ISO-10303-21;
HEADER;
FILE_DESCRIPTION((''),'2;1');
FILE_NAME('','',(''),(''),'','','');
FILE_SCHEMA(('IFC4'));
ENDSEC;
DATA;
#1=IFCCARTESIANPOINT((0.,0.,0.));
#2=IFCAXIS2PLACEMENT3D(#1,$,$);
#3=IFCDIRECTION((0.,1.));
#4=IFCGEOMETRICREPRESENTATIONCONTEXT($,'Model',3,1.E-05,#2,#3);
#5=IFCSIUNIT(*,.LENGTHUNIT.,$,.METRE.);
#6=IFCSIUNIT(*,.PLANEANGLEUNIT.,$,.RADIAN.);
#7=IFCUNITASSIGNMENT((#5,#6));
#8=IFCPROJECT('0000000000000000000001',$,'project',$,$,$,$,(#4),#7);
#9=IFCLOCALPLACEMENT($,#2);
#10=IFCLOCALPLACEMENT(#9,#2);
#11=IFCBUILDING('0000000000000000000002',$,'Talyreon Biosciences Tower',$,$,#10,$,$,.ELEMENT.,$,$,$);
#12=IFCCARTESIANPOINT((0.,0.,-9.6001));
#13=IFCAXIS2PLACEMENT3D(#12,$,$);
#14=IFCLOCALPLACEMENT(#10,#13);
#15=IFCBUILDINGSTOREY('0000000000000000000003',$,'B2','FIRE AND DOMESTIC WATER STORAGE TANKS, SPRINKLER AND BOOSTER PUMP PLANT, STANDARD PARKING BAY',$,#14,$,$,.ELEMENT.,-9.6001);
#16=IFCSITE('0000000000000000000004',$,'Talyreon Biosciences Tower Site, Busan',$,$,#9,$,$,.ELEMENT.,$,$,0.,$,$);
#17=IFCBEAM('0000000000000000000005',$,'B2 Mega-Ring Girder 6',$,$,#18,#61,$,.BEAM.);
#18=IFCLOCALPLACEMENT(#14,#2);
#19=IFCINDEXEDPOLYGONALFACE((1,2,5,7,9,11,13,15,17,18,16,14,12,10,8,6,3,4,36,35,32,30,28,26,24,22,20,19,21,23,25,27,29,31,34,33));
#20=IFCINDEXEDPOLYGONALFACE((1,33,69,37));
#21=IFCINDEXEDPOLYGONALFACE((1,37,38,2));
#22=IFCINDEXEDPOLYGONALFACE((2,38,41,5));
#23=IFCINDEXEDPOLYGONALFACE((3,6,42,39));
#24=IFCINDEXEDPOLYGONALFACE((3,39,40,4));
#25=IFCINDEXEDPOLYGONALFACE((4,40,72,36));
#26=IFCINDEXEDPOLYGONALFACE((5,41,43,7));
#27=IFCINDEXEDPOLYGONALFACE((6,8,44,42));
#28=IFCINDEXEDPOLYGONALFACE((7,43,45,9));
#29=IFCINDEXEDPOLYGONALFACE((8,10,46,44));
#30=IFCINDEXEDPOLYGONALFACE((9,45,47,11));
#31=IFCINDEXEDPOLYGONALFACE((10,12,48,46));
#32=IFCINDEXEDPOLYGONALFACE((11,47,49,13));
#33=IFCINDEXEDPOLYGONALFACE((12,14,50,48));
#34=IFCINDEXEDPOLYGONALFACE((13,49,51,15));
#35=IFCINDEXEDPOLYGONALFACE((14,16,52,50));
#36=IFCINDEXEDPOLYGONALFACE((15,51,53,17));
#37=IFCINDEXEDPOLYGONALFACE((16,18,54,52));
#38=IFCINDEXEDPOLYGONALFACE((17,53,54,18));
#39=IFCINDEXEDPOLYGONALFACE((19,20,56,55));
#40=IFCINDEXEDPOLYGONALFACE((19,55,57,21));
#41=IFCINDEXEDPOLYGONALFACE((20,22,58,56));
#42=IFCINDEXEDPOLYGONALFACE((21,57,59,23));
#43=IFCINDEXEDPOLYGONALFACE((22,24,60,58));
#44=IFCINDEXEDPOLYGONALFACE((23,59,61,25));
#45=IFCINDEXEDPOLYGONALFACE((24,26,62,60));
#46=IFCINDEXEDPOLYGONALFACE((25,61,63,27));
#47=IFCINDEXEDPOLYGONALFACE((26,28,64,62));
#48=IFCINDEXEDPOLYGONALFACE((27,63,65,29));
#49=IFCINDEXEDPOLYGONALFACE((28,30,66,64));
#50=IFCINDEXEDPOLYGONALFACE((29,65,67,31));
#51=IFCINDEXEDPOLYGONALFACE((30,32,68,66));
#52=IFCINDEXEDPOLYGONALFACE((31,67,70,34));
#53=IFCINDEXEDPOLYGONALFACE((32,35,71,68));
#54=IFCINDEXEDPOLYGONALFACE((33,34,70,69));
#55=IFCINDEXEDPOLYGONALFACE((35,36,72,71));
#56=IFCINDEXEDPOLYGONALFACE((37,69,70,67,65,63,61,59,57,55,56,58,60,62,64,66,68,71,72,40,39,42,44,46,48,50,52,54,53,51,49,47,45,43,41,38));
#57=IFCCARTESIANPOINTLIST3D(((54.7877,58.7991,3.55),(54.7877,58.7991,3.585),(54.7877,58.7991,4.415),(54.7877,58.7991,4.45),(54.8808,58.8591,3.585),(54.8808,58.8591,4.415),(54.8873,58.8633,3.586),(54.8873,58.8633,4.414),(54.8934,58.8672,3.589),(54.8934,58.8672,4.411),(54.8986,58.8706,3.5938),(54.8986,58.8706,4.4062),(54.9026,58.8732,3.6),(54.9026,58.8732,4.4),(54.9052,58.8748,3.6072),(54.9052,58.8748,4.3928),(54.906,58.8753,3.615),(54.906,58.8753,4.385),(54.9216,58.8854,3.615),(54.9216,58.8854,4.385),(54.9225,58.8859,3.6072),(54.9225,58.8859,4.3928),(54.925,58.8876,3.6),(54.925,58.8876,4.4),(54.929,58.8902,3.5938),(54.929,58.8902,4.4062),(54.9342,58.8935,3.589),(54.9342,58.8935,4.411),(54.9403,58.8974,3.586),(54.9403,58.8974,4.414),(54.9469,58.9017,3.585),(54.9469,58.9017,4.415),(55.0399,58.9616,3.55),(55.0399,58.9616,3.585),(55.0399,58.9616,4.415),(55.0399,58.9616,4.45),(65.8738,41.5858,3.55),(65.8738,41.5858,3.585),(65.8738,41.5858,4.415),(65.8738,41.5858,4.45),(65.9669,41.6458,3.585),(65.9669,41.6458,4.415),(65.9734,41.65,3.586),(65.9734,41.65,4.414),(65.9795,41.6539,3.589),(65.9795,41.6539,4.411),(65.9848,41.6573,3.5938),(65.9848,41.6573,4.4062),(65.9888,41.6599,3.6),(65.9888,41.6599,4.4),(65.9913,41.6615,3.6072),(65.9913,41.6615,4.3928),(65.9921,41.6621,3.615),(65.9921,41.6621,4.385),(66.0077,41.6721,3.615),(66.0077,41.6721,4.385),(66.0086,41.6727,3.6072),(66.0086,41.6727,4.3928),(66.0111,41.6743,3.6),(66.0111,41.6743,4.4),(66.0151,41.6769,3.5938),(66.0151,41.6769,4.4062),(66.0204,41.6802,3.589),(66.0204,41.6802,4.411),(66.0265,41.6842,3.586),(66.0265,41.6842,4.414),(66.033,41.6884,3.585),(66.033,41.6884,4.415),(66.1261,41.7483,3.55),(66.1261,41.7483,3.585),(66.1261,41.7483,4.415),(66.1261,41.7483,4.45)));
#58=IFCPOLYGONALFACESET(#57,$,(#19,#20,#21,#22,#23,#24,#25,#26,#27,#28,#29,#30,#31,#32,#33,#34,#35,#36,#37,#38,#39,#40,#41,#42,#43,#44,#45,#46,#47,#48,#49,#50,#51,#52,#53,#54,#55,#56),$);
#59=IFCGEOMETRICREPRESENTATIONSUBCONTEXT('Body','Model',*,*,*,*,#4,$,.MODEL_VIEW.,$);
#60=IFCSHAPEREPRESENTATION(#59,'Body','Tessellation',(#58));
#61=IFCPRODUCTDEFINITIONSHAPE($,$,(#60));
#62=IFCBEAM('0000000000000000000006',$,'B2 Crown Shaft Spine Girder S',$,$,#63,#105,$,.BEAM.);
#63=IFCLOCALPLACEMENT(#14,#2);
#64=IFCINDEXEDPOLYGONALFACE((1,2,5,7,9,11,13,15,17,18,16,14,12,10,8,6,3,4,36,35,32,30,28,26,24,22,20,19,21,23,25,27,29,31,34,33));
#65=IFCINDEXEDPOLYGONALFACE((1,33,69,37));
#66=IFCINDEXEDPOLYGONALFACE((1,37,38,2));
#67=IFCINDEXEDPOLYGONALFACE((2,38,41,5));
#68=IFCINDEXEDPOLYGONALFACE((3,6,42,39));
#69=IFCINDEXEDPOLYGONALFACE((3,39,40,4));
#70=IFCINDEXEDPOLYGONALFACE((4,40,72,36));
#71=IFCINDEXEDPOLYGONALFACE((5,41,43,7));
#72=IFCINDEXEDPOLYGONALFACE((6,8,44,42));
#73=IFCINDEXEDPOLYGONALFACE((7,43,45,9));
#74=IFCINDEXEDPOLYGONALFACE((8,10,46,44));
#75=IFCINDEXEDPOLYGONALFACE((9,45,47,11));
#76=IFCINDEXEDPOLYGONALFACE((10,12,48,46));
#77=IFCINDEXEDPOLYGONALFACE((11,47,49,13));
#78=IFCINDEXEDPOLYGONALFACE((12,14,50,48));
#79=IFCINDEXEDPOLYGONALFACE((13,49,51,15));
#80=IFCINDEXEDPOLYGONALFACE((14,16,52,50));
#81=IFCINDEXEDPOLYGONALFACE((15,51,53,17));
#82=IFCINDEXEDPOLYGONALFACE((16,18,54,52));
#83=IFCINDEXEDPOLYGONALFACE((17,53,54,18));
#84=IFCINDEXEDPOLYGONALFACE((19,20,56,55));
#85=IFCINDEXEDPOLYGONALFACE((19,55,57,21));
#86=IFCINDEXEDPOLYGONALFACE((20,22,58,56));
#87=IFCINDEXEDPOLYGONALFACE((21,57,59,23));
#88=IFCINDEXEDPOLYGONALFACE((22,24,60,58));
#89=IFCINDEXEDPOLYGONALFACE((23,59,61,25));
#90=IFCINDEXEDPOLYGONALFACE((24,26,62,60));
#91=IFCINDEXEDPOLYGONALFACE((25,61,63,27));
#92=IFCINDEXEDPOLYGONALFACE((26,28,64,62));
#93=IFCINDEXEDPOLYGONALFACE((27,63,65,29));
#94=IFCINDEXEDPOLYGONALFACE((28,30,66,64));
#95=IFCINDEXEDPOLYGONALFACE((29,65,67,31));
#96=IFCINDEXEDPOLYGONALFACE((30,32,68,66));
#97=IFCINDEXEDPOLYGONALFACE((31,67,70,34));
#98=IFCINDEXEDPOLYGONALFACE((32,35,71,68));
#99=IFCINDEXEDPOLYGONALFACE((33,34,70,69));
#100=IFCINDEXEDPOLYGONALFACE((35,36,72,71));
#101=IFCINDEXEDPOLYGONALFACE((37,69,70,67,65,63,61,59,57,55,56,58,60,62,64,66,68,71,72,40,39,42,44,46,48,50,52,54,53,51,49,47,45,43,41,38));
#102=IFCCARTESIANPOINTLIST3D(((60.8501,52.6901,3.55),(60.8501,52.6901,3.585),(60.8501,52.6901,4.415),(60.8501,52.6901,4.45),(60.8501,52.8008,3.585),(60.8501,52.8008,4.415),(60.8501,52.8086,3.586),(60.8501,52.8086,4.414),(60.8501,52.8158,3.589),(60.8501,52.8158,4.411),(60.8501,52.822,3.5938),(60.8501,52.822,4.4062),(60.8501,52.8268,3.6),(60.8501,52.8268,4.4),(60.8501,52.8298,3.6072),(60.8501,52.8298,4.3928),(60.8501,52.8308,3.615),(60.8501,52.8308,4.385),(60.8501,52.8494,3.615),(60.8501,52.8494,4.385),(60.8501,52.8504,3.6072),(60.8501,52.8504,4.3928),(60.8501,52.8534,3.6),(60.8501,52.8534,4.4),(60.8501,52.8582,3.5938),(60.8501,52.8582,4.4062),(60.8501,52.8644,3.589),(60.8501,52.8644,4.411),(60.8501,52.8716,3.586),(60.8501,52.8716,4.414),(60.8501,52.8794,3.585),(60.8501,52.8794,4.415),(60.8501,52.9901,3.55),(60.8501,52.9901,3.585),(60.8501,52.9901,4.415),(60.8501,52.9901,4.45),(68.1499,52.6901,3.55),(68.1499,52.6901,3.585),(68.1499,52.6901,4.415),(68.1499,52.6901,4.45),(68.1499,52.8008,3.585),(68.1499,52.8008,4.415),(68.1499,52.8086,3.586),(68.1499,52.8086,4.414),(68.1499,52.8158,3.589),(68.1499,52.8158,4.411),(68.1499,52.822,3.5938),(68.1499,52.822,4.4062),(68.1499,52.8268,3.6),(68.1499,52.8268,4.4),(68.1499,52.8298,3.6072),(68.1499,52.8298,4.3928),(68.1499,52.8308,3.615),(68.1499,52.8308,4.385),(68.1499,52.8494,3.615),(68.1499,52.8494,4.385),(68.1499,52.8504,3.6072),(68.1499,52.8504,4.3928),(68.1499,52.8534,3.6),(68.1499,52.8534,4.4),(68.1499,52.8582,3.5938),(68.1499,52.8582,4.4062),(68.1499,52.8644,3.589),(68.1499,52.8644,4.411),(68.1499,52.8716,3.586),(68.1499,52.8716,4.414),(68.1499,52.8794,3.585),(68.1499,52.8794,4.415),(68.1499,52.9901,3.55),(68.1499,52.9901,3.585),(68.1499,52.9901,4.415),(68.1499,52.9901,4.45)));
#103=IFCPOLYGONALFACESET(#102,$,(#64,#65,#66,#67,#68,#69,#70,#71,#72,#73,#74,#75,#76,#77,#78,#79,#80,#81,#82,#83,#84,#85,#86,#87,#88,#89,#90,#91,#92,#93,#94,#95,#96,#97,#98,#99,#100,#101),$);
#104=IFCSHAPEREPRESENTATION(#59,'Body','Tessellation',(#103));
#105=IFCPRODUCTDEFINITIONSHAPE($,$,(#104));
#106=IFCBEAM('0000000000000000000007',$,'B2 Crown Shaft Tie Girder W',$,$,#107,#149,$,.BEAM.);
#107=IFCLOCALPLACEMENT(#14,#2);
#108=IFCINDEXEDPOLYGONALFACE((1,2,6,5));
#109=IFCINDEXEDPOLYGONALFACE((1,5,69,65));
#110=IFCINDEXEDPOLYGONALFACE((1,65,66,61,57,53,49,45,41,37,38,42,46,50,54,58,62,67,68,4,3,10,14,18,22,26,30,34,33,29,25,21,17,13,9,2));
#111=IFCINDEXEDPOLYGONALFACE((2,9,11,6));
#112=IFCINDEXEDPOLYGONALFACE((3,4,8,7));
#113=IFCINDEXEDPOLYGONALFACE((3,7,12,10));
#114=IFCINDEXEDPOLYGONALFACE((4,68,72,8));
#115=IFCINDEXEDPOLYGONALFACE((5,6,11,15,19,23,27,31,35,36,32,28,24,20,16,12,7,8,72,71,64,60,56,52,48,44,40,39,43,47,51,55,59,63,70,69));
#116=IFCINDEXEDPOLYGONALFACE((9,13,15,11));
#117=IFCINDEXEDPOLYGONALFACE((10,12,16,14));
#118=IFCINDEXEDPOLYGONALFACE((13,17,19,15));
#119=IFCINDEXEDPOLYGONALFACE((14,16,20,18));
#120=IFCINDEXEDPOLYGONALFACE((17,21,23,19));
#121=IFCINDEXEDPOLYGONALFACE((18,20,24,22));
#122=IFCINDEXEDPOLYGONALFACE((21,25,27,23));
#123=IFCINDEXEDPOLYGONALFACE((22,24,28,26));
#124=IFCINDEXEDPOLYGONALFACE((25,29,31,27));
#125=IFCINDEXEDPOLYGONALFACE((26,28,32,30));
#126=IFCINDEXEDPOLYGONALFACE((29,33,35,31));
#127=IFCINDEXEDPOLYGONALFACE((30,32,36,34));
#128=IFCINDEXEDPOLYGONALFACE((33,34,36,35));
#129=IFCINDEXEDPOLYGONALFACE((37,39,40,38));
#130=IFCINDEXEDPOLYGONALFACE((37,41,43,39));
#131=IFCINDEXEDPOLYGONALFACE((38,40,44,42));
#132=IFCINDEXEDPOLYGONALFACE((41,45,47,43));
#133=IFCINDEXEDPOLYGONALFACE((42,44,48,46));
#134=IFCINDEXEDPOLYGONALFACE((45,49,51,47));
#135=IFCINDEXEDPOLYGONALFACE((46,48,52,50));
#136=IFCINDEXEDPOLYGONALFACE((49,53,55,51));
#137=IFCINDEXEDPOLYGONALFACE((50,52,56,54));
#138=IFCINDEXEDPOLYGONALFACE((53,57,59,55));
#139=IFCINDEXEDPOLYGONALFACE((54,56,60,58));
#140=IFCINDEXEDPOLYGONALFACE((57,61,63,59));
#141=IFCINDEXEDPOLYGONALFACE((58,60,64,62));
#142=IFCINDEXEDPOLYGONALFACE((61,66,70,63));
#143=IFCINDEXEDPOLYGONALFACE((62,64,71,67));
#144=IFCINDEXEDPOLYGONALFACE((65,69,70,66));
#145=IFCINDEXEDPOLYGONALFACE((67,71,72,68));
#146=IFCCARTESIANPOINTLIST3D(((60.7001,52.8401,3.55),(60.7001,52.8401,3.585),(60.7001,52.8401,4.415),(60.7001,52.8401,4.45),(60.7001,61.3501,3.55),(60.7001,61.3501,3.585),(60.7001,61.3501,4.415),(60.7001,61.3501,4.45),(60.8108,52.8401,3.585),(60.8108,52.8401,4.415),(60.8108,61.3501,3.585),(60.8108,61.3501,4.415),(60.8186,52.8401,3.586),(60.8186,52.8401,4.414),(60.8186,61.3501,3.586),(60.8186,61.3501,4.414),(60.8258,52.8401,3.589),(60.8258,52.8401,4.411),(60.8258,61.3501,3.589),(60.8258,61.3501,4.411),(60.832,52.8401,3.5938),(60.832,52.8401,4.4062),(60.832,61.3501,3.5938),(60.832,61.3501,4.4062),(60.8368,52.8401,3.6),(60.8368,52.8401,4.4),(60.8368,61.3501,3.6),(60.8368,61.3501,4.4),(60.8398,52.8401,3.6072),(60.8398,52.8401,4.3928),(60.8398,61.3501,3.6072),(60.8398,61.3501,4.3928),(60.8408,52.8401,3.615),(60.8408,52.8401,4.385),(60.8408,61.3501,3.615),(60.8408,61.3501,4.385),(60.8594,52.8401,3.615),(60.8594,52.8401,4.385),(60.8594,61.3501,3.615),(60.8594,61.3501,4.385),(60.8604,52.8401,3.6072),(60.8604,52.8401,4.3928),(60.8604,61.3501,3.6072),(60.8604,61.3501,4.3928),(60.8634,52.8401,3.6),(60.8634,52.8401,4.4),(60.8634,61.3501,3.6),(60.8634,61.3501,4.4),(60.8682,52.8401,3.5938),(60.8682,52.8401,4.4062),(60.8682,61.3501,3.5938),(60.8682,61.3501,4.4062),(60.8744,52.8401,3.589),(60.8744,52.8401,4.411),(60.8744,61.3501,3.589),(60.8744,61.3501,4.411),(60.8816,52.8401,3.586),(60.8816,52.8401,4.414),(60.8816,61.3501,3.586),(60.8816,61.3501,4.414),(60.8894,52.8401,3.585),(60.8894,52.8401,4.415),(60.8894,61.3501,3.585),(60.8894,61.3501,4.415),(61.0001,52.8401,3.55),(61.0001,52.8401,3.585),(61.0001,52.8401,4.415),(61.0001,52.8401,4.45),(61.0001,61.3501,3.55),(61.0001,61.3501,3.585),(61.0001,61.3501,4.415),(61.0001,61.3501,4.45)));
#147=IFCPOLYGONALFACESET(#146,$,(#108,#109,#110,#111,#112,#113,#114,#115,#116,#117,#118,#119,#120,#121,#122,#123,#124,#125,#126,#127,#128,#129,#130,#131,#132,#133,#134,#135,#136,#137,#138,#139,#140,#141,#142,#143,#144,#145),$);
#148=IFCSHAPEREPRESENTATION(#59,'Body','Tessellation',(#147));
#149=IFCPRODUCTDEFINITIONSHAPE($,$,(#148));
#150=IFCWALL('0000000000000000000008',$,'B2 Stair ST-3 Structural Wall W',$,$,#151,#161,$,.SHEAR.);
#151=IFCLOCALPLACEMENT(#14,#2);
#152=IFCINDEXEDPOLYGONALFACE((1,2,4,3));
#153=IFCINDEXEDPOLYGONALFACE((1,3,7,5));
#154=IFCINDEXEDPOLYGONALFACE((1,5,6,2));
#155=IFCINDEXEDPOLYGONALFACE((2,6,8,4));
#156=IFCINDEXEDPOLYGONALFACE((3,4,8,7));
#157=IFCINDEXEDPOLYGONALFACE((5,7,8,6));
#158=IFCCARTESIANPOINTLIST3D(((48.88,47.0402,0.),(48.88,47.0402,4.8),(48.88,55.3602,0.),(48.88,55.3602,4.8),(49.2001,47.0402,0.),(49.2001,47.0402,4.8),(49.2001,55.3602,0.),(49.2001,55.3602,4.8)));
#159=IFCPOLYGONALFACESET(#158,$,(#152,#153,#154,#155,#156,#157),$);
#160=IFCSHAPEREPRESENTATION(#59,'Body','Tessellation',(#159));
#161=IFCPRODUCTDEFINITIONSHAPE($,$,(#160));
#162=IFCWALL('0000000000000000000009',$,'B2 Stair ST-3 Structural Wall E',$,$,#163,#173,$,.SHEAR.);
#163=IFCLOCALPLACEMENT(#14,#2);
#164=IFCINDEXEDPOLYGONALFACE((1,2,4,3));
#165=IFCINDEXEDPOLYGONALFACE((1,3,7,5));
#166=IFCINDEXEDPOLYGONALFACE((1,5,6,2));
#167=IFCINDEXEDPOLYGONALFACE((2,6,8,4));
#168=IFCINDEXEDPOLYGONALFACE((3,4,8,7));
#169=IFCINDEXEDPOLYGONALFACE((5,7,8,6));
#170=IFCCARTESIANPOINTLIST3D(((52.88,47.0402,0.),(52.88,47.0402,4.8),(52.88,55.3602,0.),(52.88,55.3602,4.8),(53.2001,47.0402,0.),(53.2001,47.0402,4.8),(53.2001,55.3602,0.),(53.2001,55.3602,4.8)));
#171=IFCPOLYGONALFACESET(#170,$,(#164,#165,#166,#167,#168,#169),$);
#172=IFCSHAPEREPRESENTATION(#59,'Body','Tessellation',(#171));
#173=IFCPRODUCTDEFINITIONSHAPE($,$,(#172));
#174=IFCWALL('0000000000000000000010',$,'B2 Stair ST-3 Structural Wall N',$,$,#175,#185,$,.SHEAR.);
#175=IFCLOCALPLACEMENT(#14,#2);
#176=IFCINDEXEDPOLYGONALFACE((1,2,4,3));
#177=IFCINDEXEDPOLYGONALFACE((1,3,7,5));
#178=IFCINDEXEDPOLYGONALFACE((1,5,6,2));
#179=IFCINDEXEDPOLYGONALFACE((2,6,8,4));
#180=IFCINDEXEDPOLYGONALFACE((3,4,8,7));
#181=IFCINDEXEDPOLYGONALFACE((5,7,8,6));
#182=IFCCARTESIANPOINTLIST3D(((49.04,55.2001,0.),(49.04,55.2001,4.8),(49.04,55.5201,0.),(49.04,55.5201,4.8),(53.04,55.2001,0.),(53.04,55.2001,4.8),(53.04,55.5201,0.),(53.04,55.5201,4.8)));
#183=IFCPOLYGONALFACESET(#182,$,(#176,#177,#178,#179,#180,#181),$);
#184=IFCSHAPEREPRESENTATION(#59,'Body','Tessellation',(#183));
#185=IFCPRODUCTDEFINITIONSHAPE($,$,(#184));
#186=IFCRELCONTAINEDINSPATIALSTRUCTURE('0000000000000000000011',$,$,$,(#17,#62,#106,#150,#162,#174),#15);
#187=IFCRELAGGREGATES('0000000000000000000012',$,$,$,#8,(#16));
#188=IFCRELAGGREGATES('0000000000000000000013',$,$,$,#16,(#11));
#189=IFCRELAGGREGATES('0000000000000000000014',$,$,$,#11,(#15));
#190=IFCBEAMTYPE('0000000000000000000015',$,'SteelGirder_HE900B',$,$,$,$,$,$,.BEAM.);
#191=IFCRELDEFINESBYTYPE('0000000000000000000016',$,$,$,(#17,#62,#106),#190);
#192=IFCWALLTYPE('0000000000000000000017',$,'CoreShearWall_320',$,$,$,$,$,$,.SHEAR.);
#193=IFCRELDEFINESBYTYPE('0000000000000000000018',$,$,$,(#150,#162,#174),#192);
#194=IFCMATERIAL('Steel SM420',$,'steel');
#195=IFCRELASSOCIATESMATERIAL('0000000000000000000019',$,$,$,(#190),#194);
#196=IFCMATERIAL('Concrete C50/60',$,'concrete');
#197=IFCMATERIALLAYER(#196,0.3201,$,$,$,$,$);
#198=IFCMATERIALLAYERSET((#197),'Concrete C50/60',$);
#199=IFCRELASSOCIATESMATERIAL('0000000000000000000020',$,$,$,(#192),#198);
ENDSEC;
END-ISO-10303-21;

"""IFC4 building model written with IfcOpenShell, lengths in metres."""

from ifc_helpers import new_model, si_unit, direction, frame, frame_2d, origin, origin_2d, place, context, subcontext, project, spatial, rectangle, i_section, extrude, material, layer, layer_set, material_profile, profile_set, type_object, element, save


model = new_model("IFC4")

# Units and contexts
model_context = context("Model", 3, precision=1e-05, world=origin(), true_north=direction((0.0, 1.0)))
body_context = subcontext(model_context, "Body", "Model", "MODEL_VIEW")
ifc_project = project(units=[si_unit("LENGTHUNIT", "METRE"), si_unit("PLANEANGLEUNIT", "RADIAN")], contexts=[model_context])

# Site, building, storey
site_placement = place(None, origin())
site = spatial("IfcSite", under=ifc_project, at=site_placement, Name="Talyreon Biosciences Tower Site, Busan", CompositionType="ELEMENT", RefElevation=0.0)
building_placement = place(site_placement, origin())
building = spatial("IfcBuilding", under=site, at=building_placement, Name="Talyreon Biosciences Tower", CompositionType="ELEMENT")
storey_placement = place(building_placement, frame((0.0, 0.0, -9.6001)))
storey = spatial("IfcBuildingStorey", under=building, at=storey_placement, Name="B2", Description="FIRE AND DOMESTIC WATER STORAGE TANKS, SPRINKLER AND BOOSTER PUMP PLANT, STANDARD PARKING BAY", CompositionType="ELEMENT", Elevation=-9.6001)

# Shared definitions
ifc_material_1 = material(Name="Concrete C50/60", Category="concrete")

# Beams
ifc_material_2 = material(Name="Steel SM420", Category="steel")
ifc_material_profile_1 = material_profile(ifc_material_2, i_section(OverallWidth=0.3, OverallDepth=0.8999, WebThickness=0.0186, FlangeThickness=0.0349, FilletRadius=0.03, at=origin_2d()), Name="HE900B")
ifc_profile_set_1 = profile_set([ifc_material_profile_1], Name="Steel SM420")
beam_type_1 = type_object("IfcBeamType", Name="SteelGirder_HE900B", PredefinedType="BEAM", material=ifc_profile_set_1)
beam_1_placement = place(storey_placement, frame((54.9138, 58.8804, 4.0), z_axis=(0.541464, -0.840724, 0.0), x_axis=(0.840724, 0.541464, 0.0)))
element("IfcBeam", 1, at=beam_1_placement, inside=storey, type_object=beam_type_1, Name="B2 Mega-Ring Girder 6", PredefinedType="BEAM", context=body_context, shape_type="SweptSolid", body=[
    extrude(i_section(OverallWidth=0.3, OverallDepth=0.8999, WebThickness=0.0186, FlangeThickness=0.0349, FilletRadius=0.03, at=origin_2d()), origin(), (0.0, 0.0, 1.0), 20.4744),
])
beam_2_placement = place(storey_placement, frame((60.8501, 52.8401, 4.0), z_axis=(1.0, 0.0, 0.0), x_axis=(0.0, 1.0, 0.0)))
element("IfcBeam", 2, at=beam_2_placement, inside=storey, type_object=beam_type_1, Name="B2 Crown Shaft Spine Girder S", PredefinedType="BEAM", context=body_context, shape_type="SweptSolid", body=[
    extrude(i_section(OverallWidth=0.3, OverallDepth=0.8999, WebThickness=0.0186, FlangeThickness=0.0349, FilletRadius=0.03, at=origin_2d()), origin(), (0.0, 0.0, 1.0), 7.2998),
])
beam_3_placement = place(storey_placement, frame((60.8501, 52.8401, 4.0), z_axis=(0.0, 1.0, 0.0), x_axis=(-1.0, 0.0, 0.0)))
element("IfcBeam", 3, at=beam_3_placement, inside=storey, type_object=beam_type_1, Name="B2 Crown Shaft Tie Girder W", PredefinedType="BEAM", context=body_context, shape_type="SweptSolid", body=[
    extrude(i_section(OverallWidth=0.3, OverallDepth=0.8999, WebThickness=0.0186, FlangeThickness=0.0349, FilletRadius=0.03, at=origin_2d()), origin(), (0.0, 0.0, 1.0), 8.51),
])

# Walls
ifc_layer = layer(ifc_material_1, 0.3201)
ifc_layer_set = layer_set([ifc_layer], Name="Concrete C50/60")
wall_type = type_object("IfcWallType", Name="CoreShearWall_320", PredefinedType="SHEAR", material=ifc_layer_set)
for number, where, z_axis, x_axis, name in (
    (4, (49.04, 47.04, 0.0), (0.0, 0.0, 1.0), (0.0, 1.0, 0.0), "B2 Stair ST-3 Structural Wall W"),
    (5, (53.04, 47.04, 0.0), (0.0, 0.0, 1.0), (0.0, 1.0, 0.0), "B2 Stair ST-3 Structural Wall E"),
):
    element("IfcWall", number, at=place(storey_placement, frame(where, z_axis=z_axis, x_axis=x_axis)), inside=storey, type_object=wall_type, Name=name, PredefinedType="SHEAR", context=body_context, shape_type="SweptSolid", body=[
        extrude(rectangle(XDim=8.3201, YDim=0.3201, at=frame_2d((4.1602, 0.0))), origin(), (0.0, 0.0, 1.0), 4.8),
    ])
wall_1_placement = place(storey_placement, frame((49.04, 55.3601, 0.0), z_axis=(0.0, 0.0, 1.0), x_axis=(1.0, 0.0, 0.0)))
element("IfcWall", 6, at=wall_1_placement, inside=storey, type_object=wall_type, Name="B2 Stair ST-3 Structural Wall N", PredefinedType="SHEAR", context=body_context, shape_type="SweptSolid", body=[
    extrude(rectangle(XDim=4.0, YDim=0.3201, at=frame_2d((2.0, 0.0))), origin(), (0.0, 0.0, 1.0), 4.8),
])

save(model, "model.ifc")
